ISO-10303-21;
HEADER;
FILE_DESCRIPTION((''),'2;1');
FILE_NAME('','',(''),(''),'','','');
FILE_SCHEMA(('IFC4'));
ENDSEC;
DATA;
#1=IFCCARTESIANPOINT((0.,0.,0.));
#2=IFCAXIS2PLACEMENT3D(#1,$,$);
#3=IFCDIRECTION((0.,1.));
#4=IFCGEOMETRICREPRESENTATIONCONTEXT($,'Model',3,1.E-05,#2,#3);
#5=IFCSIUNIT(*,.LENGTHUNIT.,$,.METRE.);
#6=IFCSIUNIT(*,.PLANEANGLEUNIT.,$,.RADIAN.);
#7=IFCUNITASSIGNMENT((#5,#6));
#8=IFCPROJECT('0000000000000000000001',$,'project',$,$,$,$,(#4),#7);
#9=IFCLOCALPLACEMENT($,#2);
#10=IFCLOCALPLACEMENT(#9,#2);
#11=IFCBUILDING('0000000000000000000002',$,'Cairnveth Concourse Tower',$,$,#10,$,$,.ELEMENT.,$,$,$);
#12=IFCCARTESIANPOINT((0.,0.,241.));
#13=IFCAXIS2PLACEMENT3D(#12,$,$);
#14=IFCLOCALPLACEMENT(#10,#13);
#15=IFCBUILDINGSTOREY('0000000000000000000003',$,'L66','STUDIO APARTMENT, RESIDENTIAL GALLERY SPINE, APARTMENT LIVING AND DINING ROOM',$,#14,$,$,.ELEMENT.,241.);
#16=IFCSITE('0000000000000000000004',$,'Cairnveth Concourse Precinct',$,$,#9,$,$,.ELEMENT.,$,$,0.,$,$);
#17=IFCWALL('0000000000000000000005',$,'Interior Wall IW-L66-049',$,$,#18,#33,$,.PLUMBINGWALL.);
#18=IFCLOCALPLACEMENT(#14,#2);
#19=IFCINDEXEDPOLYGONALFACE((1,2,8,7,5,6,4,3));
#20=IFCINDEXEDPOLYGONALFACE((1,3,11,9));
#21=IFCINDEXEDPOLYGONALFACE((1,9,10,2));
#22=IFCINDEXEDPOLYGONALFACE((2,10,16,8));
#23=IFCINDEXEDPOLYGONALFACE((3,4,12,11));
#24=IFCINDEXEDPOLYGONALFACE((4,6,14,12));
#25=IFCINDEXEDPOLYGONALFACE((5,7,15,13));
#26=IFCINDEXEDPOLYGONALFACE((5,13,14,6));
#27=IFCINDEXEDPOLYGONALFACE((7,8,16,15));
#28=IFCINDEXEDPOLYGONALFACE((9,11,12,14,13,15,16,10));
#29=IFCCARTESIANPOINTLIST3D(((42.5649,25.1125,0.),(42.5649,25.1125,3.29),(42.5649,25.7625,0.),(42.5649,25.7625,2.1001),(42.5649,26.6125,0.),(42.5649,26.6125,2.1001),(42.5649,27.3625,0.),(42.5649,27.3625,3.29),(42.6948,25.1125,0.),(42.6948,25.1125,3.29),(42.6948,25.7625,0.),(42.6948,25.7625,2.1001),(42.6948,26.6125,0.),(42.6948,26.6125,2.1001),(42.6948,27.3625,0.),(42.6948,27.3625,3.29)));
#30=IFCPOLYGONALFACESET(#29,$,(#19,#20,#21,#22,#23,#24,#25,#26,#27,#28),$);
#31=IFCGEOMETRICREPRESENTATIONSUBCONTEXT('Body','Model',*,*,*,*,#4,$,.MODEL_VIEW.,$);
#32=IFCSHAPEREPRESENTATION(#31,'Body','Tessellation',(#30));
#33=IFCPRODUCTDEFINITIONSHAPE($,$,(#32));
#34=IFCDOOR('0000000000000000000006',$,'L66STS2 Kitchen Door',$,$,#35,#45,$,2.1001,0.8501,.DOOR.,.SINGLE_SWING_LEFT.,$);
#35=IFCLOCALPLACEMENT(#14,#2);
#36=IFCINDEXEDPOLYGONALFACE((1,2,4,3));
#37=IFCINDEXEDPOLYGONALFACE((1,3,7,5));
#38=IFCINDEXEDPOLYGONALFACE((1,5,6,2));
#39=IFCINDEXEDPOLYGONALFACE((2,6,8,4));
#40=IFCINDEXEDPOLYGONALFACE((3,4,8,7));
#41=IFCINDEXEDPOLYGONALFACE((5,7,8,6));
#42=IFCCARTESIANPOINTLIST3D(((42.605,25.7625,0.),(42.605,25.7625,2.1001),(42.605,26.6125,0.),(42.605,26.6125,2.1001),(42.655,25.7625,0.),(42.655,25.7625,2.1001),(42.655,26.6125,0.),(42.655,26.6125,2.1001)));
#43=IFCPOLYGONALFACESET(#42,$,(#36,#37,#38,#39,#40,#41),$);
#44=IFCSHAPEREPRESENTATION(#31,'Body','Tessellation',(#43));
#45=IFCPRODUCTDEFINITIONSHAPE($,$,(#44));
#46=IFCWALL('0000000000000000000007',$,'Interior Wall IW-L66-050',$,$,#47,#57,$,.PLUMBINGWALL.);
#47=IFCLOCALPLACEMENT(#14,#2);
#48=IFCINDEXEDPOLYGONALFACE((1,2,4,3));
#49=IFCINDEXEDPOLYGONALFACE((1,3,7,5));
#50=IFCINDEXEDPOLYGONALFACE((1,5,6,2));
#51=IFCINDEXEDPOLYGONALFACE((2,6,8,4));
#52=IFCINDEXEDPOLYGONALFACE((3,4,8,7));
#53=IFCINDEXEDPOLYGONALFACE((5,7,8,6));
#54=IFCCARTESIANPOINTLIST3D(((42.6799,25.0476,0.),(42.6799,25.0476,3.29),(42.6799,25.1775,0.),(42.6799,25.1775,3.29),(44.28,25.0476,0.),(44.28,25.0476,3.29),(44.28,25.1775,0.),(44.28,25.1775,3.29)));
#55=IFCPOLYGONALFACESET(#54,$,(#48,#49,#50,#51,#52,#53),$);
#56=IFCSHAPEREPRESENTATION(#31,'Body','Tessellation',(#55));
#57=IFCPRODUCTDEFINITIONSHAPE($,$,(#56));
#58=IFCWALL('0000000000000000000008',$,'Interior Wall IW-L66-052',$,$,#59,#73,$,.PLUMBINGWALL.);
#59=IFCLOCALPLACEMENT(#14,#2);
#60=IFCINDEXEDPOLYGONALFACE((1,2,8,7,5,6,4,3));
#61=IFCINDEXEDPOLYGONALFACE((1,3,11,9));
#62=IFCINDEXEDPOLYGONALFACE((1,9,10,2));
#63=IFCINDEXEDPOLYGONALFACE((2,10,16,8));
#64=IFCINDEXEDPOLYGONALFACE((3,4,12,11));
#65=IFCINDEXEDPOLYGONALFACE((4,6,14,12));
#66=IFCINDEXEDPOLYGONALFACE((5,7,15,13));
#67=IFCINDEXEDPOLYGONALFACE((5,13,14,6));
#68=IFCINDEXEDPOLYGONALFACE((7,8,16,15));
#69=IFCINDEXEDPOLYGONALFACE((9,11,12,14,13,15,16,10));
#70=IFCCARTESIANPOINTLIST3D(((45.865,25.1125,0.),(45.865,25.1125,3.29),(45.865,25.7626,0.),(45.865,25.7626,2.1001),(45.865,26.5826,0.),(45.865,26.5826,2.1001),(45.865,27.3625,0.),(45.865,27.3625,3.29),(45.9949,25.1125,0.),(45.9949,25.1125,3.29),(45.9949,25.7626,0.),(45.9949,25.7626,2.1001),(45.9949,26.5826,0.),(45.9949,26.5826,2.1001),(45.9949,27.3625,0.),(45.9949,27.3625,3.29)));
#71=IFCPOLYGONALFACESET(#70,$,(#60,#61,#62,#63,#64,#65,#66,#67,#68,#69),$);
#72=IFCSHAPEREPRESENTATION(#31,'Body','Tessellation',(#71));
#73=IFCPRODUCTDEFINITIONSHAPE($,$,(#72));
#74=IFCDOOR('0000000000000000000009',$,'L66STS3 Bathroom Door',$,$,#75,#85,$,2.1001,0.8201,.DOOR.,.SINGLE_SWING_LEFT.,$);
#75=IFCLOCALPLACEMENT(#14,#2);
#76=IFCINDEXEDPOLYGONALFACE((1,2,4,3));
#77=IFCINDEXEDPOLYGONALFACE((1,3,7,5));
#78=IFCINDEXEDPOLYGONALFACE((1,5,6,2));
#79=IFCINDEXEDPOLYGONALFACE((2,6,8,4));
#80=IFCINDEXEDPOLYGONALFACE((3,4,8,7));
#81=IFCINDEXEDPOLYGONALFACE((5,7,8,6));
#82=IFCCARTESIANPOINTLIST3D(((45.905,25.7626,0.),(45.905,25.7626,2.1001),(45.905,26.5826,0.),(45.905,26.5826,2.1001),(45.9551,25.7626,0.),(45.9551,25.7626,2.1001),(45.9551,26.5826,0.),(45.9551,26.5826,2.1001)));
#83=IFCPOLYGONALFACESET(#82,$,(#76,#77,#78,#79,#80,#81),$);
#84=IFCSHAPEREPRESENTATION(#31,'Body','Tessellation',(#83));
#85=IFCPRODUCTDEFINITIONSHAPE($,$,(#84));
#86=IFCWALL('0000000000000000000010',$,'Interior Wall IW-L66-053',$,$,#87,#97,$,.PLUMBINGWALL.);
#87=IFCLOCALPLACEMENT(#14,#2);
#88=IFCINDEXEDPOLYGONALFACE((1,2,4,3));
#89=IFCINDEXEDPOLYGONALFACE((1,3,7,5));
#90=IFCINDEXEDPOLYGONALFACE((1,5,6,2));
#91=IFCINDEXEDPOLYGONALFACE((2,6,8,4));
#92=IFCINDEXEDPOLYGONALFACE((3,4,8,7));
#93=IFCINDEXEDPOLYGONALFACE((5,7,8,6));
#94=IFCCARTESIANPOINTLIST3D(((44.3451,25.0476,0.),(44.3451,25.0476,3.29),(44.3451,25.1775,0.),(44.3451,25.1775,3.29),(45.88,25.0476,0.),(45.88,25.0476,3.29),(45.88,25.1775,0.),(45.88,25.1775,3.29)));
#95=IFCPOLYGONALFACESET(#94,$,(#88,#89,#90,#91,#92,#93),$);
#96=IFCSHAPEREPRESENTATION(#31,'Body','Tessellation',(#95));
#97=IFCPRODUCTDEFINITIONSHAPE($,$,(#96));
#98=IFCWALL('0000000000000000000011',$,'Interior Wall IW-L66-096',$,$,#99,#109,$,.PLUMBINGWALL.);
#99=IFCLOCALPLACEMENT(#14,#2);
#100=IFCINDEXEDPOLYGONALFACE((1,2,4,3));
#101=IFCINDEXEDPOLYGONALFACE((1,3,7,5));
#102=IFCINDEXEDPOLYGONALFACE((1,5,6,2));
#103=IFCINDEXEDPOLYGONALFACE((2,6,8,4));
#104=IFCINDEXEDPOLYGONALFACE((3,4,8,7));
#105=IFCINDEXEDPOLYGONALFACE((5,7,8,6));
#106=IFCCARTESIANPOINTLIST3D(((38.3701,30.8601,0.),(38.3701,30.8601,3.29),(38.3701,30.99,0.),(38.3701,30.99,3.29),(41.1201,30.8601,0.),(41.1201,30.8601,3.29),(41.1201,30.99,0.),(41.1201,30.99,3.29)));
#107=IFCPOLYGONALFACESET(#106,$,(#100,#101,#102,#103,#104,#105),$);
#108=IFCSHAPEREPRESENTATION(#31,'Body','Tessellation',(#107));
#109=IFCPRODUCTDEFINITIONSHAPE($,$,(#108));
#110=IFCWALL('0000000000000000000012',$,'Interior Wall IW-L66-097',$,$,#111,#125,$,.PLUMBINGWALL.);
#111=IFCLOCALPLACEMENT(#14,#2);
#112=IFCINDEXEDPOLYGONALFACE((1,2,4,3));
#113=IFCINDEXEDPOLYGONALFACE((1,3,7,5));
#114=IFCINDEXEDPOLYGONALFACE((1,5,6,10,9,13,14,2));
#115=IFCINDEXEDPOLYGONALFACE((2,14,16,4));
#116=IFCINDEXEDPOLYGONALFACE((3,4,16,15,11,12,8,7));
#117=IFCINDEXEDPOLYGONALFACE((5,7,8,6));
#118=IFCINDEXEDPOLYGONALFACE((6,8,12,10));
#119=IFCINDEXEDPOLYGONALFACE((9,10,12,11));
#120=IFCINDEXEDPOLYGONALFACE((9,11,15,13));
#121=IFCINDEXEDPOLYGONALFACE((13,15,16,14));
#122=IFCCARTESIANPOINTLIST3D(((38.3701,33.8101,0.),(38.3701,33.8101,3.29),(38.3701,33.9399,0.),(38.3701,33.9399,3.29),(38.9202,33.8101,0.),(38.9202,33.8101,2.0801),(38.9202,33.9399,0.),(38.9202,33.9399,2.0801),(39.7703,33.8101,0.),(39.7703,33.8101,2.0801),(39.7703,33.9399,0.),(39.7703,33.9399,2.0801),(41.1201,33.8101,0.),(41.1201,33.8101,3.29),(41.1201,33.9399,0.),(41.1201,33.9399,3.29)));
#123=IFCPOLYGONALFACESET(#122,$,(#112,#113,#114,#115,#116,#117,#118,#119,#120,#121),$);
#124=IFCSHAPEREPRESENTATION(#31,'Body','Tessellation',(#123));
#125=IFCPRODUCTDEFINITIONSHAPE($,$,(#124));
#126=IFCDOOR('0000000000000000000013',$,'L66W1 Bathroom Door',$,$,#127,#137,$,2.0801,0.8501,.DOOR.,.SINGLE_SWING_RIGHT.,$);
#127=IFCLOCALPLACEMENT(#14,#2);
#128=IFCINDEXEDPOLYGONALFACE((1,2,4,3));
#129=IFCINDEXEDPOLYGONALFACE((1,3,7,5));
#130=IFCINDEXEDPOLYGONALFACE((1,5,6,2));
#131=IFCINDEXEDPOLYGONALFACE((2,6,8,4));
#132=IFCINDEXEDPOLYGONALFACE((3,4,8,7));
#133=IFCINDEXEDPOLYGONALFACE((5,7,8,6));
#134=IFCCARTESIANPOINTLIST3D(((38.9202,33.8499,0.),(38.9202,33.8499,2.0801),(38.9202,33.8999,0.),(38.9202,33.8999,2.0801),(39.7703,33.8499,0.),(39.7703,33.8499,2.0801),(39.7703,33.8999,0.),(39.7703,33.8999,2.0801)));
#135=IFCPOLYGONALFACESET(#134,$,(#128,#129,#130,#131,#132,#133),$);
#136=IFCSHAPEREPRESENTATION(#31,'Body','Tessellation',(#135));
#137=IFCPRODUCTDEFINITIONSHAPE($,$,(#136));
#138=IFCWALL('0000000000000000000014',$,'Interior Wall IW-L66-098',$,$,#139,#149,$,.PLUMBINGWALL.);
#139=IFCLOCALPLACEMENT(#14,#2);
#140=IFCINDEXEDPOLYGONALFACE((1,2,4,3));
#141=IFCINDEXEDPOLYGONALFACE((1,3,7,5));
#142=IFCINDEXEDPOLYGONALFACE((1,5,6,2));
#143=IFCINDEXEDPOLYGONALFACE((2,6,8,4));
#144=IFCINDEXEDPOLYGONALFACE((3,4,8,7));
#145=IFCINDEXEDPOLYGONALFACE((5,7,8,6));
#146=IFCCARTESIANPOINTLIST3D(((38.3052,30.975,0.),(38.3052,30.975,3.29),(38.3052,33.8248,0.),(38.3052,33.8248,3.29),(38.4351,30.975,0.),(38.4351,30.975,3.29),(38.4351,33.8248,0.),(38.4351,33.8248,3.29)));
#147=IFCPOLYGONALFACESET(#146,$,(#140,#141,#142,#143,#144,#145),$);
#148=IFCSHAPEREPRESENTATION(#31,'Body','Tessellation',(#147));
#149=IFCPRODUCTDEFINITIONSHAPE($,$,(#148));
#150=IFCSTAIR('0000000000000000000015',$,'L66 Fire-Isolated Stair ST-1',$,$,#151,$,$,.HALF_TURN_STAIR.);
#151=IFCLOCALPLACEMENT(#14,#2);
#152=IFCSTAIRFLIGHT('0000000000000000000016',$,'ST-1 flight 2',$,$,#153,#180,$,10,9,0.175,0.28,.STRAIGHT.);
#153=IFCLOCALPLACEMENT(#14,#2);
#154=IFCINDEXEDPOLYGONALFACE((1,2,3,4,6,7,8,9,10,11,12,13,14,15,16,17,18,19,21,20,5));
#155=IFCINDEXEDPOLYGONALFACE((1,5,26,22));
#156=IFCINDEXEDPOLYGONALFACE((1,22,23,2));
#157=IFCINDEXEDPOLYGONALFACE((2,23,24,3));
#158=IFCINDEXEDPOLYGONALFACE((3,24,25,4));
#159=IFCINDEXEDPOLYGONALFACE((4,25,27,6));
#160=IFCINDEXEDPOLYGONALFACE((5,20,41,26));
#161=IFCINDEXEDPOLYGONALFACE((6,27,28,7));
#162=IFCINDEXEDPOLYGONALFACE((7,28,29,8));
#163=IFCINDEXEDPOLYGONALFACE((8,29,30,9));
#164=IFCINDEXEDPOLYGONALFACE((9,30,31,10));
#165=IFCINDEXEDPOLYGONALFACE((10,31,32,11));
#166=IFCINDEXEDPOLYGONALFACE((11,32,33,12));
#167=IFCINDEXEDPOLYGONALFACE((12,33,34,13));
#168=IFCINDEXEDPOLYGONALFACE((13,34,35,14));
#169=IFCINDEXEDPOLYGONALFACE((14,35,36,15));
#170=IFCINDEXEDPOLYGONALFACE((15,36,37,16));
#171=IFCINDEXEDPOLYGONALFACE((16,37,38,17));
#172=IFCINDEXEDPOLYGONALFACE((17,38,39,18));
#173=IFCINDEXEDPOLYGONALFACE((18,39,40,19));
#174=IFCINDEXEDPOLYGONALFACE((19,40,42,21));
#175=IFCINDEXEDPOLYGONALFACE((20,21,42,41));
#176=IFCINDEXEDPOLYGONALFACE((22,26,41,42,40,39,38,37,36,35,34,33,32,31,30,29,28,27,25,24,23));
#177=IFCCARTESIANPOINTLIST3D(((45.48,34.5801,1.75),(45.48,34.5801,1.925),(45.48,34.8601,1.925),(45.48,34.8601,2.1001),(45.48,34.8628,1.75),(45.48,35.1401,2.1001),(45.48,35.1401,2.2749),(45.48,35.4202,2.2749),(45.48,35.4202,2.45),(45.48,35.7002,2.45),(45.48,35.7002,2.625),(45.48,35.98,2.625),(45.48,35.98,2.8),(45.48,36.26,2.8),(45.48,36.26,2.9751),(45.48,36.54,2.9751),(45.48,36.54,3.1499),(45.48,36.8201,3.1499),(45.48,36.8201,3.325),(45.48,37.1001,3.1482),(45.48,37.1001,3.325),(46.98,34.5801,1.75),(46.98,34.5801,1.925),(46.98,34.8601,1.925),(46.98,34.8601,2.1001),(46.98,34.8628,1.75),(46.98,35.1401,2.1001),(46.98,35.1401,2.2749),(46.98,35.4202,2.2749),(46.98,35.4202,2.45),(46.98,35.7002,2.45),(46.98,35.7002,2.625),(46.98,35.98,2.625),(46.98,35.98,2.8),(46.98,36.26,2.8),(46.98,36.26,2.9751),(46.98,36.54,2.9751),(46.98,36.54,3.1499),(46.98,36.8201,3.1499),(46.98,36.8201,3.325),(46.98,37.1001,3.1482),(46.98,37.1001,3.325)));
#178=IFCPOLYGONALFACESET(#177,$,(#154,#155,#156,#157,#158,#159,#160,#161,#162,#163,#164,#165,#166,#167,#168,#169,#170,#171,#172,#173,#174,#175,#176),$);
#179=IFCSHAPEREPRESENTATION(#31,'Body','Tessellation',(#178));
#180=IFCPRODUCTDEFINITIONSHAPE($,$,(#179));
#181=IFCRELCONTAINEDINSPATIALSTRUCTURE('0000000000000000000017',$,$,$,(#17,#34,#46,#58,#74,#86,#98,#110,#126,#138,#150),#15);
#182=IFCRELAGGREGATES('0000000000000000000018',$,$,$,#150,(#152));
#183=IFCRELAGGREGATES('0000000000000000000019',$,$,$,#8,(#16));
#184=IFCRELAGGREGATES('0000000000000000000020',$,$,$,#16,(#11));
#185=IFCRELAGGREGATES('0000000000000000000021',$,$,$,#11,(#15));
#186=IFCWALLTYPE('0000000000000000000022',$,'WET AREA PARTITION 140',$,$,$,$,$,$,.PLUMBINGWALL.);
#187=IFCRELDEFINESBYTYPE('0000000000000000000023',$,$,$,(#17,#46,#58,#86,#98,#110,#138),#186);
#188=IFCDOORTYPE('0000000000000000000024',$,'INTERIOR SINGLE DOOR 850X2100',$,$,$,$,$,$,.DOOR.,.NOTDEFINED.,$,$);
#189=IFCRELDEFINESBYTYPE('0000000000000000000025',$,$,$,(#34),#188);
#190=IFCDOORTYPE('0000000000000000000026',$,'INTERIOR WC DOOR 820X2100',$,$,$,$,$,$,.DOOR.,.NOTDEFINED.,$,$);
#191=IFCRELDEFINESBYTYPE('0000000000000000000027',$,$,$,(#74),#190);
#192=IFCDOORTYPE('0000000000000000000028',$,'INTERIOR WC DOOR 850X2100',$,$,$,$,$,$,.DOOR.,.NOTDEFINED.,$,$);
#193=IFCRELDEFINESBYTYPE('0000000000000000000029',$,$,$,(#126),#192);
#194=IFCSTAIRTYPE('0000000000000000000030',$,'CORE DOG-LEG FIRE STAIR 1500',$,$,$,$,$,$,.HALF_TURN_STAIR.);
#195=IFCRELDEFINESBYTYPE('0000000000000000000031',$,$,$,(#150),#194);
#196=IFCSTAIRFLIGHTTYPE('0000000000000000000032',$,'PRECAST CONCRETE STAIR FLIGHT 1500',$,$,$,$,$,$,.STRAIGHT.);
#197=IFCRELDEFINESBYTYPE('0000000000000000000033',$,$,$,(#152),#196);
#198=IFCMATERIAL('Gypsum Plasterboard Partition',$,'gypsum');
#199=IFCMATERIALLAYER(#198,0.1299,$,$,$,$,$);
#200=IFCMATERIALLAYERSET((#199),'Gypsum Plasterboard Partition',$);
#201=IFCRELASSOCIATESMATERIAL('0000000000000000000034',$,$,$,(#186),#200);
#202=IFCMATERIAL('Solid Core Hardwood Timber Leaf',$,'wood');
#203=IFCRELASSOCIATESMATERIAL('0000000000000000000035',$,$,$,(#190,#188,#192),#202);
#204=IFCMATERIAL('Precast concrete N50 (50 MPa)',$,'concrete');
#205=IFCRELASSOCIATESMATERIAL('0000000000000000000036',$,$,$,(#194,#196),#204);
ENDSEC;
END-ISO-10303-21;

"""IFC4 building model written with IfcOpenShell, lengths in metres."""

from ifc_helpers import new_model, si_unit, direction, frame, frame_2d, origin, place, context, subcontext, project, spatial, polyline, rectangle, outline, extrude, material, layer, layer_set, type_object, element, fill, aggregate, save


model = new_model("IFC4")

# Units and contexts
model_context = context("Model", 3, precision=1e-05, world=origin(), true_north=direction((0.0, 1.0)))
body_context = subcontext(model_context, "Body", "Model", "MODEL_VIEW")
ifc_project = project(units=[si_unit("LENGTHUNIT", "METRE"), si_unit("PLANEANGLEUNIT", "RADIAN")], contexts=[model_context])

# Site, building, storey
site_placement = place(None, origin())
site = spatial("IfcSite", under=ifc_project, at=site_placement, Name="Cairnveth Concourse Precinct", CompositionType="ELEMENT", RefElevation=0.0)
building_placement = place(site_placement, origin())
building = spatial("IfcBuilding", under=site, at=building_placement, Name="Cairnveth Concourse Tower", CompositionType="ELEMENT")
storey_placement = place(building_placement, frame((0.0, 0.0, 241.0)))
storey = spatial("IfcBuildingStorey", under=building, at=storey_placement, Name="L66", Description="STUDIO APARTMENT, RESIDENTIAL GALLERY SPINE, APARTMENT LIVING AND DINING ROOM", CompositionType="ELEMENT", Elevation=241.0)

# Shared definitions
ifc_material_1 = material(Name="Gypsum Plasterboard Partition", Category="gypsum")
ifc_material_2 = material(Name="Solid Core Hardwood Timber Leaf", Category="wood")

# Wall, opening, door
ifc_layer_1 = layer(ifc_material_1, 0.1299)
ifc_layer_set_1 = layer_set([ifc_layer_1], Name="Gypsum Plasterboard Partition")
wall_type_1 = type_object("IfcWallType", Name="WET AREA PARTITION 140", PredefinedType="PLUMBINGWALL", material=ifc_layer_set_1)
door_type_1 = type_object("IfcDoorType", Name="INTERIOR WC DOOR 820X2100", OperationType="NOTDEFINED", PredefinedType="DOOR", material=ifc_material_2)
wall_1_placement = place(storey_placement, frame((42.6299, 25.1125, 0.0), z_axis=(0.0, 0.0, 1.0), x_axis=(0.0, 1.0, 0.0)))
wall_1 = element("IfcWall", 1, at=wall_1_placement, inside=storey, type_object=wall_type_1, Name="Interior Wall IW-L66-049", PredefinedType="PLUMBINGWALL", context=body_context, shape_type="SweptSolid", body=[
    extrude(rectangle(XDim=2.25, YDim=0.1299, at=frame_2d((1.125, 0.0))), origin(), (0.0, 0.0, 1.0), 3.29),
])
opening_1_placement = place(wall_1_placement, frame((0.6499, 0.0, 0.0)))
opening_1 = element("IfcOpeningElement", 2, at=opening_1_placement, cuts=wall_1, PredefinedType="OPENING", context=body_context, shape_type="SweptSolid", body=[
    extrude(rectangle(XDim=0.8501, YDim=2.1001, at=frame_2d((0.425, 1.05))), frame((0.0, 0.075, 0.0), z_axis=(0.0, -1.0, 0.0), x_axis=(1.0, 0.0, 0.0)), (0.0, 0.0, 1.0), 0.1499),
])
door_type_2 = type_object("IfcDoorType", Name="INTERIOR SINGLE DOOR 850X2100", OperationType="NOTDEFINED", PredefinedType="DOOR", material=ifc_material_2)
door_1_placement = place(opening_1_placement, origin())
door_1 = element("IfcDoor", 3, at=door_1_placement, inside=storey, type_object=door_type_2, Name="L66STS2 Kitchen Door", OperationType="SINGLE_SWING_LEFT", OverallHeight=2.1001, OverallWidth=0.8501, PredefinedType="DOOR", context=body_context, shape_type="SweptSolid", body=[
    extrude(rectangle(XDim=0.8501, YDim=2.1001, at=frame_2d((0.425, 1.05))), frame((0.0, 0.0249, 0.0), z_axis=(0.0, -1.0, 0.0), x_axis=(1.0, 0.0, 0.0)), (0.0, 0.0, 1.0), 0.05),
])
fill(opening_1, door_1)

# Wall
wall_2_placement = place(storey_placement, frame((42.6799, 25.1125, 0.0), z_axis=(0.0, 0.0, 1.0), x_axis=(1.0, 0.0, 0.0)))
element("IfcWall", 4, at=wall_2_placement, inside=storey, type_object=wall_type_1, Name="Interior Wall IW-L66-050", PredefinedType="PLUMBINGWALL", context=body_context, shape_type="SweptSolid", body=[
    extrude(rectangle(XDim=1.6001, YDim=0.1299, at=frame_2d((0.8, 0.0))), origin(), (0.0, 0.0, 1.0), 3.29),
])

# Wall, opening, door
wall_3_placement = place(storey_placement, frame((45.9299, 25.1125, 0.0), z_axis=(0.0, 0.0, 1.0), x_axis=(0.0, 1.0, 0.0)))
wall_3 = element("IfcWall", 5, at=wall_3_placement, inside=storey, type_object=wall_type_1, Name="Interior Wall IW-L66-052", PredefinedType="PLUMBINGWALL", context=body_context, shape_type="SweptSolid", body=[
    extrude(rectangle(XDim=2.25, YDim=0.1299, at=frame_2d((1.125, 0.0))), origin(), (0.0, 0.0, 1.0), 3.29),
])
opening_2_placement = place(wall_3_placement, frame((0.6499, 0.0, 0.0)))
opening_2 = element("IfcOpeningElement", 6, at=opening_2_placement, cuts=wall_3, PredefinedType="OPENING", context=body_context, shape_type="SweptSolid", body=[
    extrude(rectangle(XDim=0.8201, YDim=2.1001, at=frame_2d((0.4102, 1.05))), frame((0.0, 0.075, 0.0), z_axis=(0.0, -1.0, 0.0), x_axis=(1.0, 0.0, 0.0)), (0.0, 0.0, 1.0), 0.1499),
])
door_2_placement = place(opening_2_placement, origin())
door_2 = element("IfcDoor", 7, at=door_2_placement, inside=storey, type_object=door_type_1, Name="L66STS3 Bathroom Door", OperationType="SINGLE_SWING_LEFT", OverallHeight=2.1001, OverallWidth=0.8201, PredefinedType="DOOR", context=body_context, shape_type="SweptSolid", body=[
    extrude(rectangle(XDim=0.8201, YDim=2.1001, at=frame_2d((0.4102, 1.05))), frame((0.0, 0.0249, 0.0), z_axis=(0.0, -1.0, 0.0), x_axis=(1.0, 0.0, 0.0)), (0.0, 0.0, 1.0), 0.05),
])
fill(opening_2, door_2)

# Walls
wall_4_placement = place(storey_placement, frame((44.345, 25.1125, 0.0), z_axis=(0.0, 0.0, 1.0), x_axis=(1.0, 0.0, 0.0)))
element("IfcWall", 8, at=wall_4_placement, inside=storey, type_object=wall_type_1, Name="Interior Wall IW-L66-053", PredefinedType="PLUMBINGWALL", context=body_context, shape_type="SweptSolid", body=[
    extrude(rectangle(XDim=1.5349, YDim=0.1299, at=frame_2d((0.7676, 0.0))), origin(), (0.0, 0.0, 1.0), 3.29),
])
wall_5_placement = place(storey_placement, frame((38.3701, 30.925, 0.0), z_axis=(0.0, 0.0, 1.0), x_axis=(1.0, 0.0, 0.0)))
element("IfcWall", 9, at=wall_5_placement, inside=storey, type_object=wall_type_1, Name="Interior Wall IW-L66-096", PredefinedType="PLUMBINGWALL", context=body_context, shape_type="SweptSolid", body=[
    extrude(rectangle(XDim=2.75, YDim=0.1299, at=frame_2d((1.375, 0.0))), origin(), (0.0, 0.0, 1.0), 3.29),
])

# Wall, opening, door
wall_6_placement = place(storey_placement, frame((38.3701, 33.875, 0.0), z_axis=(0.0, 0.0, 1.0), x_axis=(1.0, 0.0, 0.0)))
wall_6 = element("IfcWall", 10, at=wall_6_placement, inside=storey, type_object=wall_type_1, Name="Interior Wall IW-L66-097", PredefinedType="PLUMBINGWALL", context=body_context, shape_type="SweptSolid", body=[
    extrude(rectangle(XDim=2.75, YDim=0.1299, at=frame_2d((1.375, 0.0))), origin(), (0.0, 0.0, 1.0), 3.29),
])
opening_3_placement = place(wall_6_placement, frame((0.55, 0.0, 0.0)))
opening_3 = element("IfcOpeningElement", 11, at=opening_3_placement, cuts=wall_6, PredefinedType="OPENING", context=body_context, shape_type="SweptSolid", body=[
    extrude(rectangle(XDim=0.8501, YDim=2.0801, at=frame_2d((0.425, 1.04))), frame((0.0, 0.075, 0.0), z_axis=(0.0, -1.0, 0.0), x_axis=(1.0, 0.0, 0.0)), (0.0, 0.0, 1.0), 0.1499),
])
door_type_3 = type_object("IfcDoorType", Name="INTERIOR WC DOOR 850X2100", OperationType="NOTDEFINED", PredefinedType="DOOR", material=ifc_material_2)
door_3_placement = place(opening_3_placement, origin())
door_3 = element("IfcDoor", 12, at=door_3_placement, inside=storey, type_object=door_type_3, Name="L66W1 Bathroom Door", OperationType="SINGLE_SWING_RIGHT", OverallHeight=2.0801, OverallWidth=0.8501, PredefinedType="DOOR", context=body_context, shape_type="SweptSolid", body=[
    extrude(rectangle(XDim=0.8501, YDim=2.0801, at=frame_2d((0.425, 1.04))), frame((0.0, 0.0249, 0.0), z_axis=(0.0, -1.0, 0.0), x_axis=(1.0, 0.0, 0.0)), (0.0, 0.0, 1.0), 0.05),
])
fill(opening_3, door_3)

# Wall
wall_7_placement = place(storey_placement, frame((38.3701, 30.9751, 0.0), z_axis=(0.0, 0.0, 1.0), x_axis=(0.0, 1.0, 0.0)))
element("IfcWall", 13, at=wall_7_placement, inside=storey, type_object=wall_type_1, Name="Interior Wall IW-L66-098", PredefinedType="PLUMBINGWALL", context=body_context, shape_type="SweptSolid", body=[
    extrude(rectangle(XDim=2.8499, YDim=0.1299, at=frame_2d((1.4248, 0.0))), origin(), (0.0, 0.0, 1.0), 3.29),
])

# Stair, stair flight
ifc_material_3 = material(Name="Precast concrete N50 (50 MPa)", Category="concrete")
stair_type = type_object("IfcStairType", Name="CORE DOG-LEG FIRE STAIR 1500", PredefinedType="HALF_TURN_STAIR", material=ifc_material_3)
stair_placement = place(storey_placement, origin())
stair = element("IfcStair", 14, at=stair_placement, inside=storey, type_object=stair_type, Name="L66 Fire-Isolated Stair ST-1", PredefinedType="HALF_TURN_STAIR")
stair_flight_type = type_object("IfcStairFlightType", Name="PRECAST CONCRETE STAIR FLIGHT 1500", PredefinedType="STRAIGHT", material=ifc_material_3)
stair_flight_placement = place(storey_placement, frame((46.23, 34.5801, 1.75), z_axis=(0.0, 0.0, 1.0), x_axis=(0.0, 1.0, 0.0)))
stair_flight = element("IfcStairFlight", 15, at=stair_flight_placement, type_object=stair_flight_type, Name="ST-1 flight 2", NumberOfRisers=10, NumberOfTreads=9, PredefinedType="STRAIGHT", RiserHeight=0.175, TreadLength=0.28, context=body_context, shape_type="SweptSolid", body=[
    extrude(outline(polyline([(0.0, 0.0), (0.0, 0.175), (0.28, 0.175), (0.28, 0.3501), (0.5601, 0.3501), (0.5601, 0.5249), (0.8401, 0.5249), (0.8401, 0.7), (1.1201, 0.7), (1.1201, 0.875), (1.3999, 0.875), (1.3999, 1.05), (1.6799, 1.05), (1.6799, 1.2251), (1.96, 1.2251), (1.96, 1.3999), (2.24, 1.3999), (2.24, 1.575), (2.52, 1.575), (2.52, 1.75), (2.52, 1.3982), (0.2827, 0.0), (0.0, 0.0)])), frame((0.0, 0.75, 0.0), z_axis=(0.0, -1.0, 0.0), x_axis=(1.0, 0.0, 0.0)), (0.0, 0.0, 1.0), 1.5),
])
aggregate(stair, [stair_flight])

save(model, "model.ifc")
